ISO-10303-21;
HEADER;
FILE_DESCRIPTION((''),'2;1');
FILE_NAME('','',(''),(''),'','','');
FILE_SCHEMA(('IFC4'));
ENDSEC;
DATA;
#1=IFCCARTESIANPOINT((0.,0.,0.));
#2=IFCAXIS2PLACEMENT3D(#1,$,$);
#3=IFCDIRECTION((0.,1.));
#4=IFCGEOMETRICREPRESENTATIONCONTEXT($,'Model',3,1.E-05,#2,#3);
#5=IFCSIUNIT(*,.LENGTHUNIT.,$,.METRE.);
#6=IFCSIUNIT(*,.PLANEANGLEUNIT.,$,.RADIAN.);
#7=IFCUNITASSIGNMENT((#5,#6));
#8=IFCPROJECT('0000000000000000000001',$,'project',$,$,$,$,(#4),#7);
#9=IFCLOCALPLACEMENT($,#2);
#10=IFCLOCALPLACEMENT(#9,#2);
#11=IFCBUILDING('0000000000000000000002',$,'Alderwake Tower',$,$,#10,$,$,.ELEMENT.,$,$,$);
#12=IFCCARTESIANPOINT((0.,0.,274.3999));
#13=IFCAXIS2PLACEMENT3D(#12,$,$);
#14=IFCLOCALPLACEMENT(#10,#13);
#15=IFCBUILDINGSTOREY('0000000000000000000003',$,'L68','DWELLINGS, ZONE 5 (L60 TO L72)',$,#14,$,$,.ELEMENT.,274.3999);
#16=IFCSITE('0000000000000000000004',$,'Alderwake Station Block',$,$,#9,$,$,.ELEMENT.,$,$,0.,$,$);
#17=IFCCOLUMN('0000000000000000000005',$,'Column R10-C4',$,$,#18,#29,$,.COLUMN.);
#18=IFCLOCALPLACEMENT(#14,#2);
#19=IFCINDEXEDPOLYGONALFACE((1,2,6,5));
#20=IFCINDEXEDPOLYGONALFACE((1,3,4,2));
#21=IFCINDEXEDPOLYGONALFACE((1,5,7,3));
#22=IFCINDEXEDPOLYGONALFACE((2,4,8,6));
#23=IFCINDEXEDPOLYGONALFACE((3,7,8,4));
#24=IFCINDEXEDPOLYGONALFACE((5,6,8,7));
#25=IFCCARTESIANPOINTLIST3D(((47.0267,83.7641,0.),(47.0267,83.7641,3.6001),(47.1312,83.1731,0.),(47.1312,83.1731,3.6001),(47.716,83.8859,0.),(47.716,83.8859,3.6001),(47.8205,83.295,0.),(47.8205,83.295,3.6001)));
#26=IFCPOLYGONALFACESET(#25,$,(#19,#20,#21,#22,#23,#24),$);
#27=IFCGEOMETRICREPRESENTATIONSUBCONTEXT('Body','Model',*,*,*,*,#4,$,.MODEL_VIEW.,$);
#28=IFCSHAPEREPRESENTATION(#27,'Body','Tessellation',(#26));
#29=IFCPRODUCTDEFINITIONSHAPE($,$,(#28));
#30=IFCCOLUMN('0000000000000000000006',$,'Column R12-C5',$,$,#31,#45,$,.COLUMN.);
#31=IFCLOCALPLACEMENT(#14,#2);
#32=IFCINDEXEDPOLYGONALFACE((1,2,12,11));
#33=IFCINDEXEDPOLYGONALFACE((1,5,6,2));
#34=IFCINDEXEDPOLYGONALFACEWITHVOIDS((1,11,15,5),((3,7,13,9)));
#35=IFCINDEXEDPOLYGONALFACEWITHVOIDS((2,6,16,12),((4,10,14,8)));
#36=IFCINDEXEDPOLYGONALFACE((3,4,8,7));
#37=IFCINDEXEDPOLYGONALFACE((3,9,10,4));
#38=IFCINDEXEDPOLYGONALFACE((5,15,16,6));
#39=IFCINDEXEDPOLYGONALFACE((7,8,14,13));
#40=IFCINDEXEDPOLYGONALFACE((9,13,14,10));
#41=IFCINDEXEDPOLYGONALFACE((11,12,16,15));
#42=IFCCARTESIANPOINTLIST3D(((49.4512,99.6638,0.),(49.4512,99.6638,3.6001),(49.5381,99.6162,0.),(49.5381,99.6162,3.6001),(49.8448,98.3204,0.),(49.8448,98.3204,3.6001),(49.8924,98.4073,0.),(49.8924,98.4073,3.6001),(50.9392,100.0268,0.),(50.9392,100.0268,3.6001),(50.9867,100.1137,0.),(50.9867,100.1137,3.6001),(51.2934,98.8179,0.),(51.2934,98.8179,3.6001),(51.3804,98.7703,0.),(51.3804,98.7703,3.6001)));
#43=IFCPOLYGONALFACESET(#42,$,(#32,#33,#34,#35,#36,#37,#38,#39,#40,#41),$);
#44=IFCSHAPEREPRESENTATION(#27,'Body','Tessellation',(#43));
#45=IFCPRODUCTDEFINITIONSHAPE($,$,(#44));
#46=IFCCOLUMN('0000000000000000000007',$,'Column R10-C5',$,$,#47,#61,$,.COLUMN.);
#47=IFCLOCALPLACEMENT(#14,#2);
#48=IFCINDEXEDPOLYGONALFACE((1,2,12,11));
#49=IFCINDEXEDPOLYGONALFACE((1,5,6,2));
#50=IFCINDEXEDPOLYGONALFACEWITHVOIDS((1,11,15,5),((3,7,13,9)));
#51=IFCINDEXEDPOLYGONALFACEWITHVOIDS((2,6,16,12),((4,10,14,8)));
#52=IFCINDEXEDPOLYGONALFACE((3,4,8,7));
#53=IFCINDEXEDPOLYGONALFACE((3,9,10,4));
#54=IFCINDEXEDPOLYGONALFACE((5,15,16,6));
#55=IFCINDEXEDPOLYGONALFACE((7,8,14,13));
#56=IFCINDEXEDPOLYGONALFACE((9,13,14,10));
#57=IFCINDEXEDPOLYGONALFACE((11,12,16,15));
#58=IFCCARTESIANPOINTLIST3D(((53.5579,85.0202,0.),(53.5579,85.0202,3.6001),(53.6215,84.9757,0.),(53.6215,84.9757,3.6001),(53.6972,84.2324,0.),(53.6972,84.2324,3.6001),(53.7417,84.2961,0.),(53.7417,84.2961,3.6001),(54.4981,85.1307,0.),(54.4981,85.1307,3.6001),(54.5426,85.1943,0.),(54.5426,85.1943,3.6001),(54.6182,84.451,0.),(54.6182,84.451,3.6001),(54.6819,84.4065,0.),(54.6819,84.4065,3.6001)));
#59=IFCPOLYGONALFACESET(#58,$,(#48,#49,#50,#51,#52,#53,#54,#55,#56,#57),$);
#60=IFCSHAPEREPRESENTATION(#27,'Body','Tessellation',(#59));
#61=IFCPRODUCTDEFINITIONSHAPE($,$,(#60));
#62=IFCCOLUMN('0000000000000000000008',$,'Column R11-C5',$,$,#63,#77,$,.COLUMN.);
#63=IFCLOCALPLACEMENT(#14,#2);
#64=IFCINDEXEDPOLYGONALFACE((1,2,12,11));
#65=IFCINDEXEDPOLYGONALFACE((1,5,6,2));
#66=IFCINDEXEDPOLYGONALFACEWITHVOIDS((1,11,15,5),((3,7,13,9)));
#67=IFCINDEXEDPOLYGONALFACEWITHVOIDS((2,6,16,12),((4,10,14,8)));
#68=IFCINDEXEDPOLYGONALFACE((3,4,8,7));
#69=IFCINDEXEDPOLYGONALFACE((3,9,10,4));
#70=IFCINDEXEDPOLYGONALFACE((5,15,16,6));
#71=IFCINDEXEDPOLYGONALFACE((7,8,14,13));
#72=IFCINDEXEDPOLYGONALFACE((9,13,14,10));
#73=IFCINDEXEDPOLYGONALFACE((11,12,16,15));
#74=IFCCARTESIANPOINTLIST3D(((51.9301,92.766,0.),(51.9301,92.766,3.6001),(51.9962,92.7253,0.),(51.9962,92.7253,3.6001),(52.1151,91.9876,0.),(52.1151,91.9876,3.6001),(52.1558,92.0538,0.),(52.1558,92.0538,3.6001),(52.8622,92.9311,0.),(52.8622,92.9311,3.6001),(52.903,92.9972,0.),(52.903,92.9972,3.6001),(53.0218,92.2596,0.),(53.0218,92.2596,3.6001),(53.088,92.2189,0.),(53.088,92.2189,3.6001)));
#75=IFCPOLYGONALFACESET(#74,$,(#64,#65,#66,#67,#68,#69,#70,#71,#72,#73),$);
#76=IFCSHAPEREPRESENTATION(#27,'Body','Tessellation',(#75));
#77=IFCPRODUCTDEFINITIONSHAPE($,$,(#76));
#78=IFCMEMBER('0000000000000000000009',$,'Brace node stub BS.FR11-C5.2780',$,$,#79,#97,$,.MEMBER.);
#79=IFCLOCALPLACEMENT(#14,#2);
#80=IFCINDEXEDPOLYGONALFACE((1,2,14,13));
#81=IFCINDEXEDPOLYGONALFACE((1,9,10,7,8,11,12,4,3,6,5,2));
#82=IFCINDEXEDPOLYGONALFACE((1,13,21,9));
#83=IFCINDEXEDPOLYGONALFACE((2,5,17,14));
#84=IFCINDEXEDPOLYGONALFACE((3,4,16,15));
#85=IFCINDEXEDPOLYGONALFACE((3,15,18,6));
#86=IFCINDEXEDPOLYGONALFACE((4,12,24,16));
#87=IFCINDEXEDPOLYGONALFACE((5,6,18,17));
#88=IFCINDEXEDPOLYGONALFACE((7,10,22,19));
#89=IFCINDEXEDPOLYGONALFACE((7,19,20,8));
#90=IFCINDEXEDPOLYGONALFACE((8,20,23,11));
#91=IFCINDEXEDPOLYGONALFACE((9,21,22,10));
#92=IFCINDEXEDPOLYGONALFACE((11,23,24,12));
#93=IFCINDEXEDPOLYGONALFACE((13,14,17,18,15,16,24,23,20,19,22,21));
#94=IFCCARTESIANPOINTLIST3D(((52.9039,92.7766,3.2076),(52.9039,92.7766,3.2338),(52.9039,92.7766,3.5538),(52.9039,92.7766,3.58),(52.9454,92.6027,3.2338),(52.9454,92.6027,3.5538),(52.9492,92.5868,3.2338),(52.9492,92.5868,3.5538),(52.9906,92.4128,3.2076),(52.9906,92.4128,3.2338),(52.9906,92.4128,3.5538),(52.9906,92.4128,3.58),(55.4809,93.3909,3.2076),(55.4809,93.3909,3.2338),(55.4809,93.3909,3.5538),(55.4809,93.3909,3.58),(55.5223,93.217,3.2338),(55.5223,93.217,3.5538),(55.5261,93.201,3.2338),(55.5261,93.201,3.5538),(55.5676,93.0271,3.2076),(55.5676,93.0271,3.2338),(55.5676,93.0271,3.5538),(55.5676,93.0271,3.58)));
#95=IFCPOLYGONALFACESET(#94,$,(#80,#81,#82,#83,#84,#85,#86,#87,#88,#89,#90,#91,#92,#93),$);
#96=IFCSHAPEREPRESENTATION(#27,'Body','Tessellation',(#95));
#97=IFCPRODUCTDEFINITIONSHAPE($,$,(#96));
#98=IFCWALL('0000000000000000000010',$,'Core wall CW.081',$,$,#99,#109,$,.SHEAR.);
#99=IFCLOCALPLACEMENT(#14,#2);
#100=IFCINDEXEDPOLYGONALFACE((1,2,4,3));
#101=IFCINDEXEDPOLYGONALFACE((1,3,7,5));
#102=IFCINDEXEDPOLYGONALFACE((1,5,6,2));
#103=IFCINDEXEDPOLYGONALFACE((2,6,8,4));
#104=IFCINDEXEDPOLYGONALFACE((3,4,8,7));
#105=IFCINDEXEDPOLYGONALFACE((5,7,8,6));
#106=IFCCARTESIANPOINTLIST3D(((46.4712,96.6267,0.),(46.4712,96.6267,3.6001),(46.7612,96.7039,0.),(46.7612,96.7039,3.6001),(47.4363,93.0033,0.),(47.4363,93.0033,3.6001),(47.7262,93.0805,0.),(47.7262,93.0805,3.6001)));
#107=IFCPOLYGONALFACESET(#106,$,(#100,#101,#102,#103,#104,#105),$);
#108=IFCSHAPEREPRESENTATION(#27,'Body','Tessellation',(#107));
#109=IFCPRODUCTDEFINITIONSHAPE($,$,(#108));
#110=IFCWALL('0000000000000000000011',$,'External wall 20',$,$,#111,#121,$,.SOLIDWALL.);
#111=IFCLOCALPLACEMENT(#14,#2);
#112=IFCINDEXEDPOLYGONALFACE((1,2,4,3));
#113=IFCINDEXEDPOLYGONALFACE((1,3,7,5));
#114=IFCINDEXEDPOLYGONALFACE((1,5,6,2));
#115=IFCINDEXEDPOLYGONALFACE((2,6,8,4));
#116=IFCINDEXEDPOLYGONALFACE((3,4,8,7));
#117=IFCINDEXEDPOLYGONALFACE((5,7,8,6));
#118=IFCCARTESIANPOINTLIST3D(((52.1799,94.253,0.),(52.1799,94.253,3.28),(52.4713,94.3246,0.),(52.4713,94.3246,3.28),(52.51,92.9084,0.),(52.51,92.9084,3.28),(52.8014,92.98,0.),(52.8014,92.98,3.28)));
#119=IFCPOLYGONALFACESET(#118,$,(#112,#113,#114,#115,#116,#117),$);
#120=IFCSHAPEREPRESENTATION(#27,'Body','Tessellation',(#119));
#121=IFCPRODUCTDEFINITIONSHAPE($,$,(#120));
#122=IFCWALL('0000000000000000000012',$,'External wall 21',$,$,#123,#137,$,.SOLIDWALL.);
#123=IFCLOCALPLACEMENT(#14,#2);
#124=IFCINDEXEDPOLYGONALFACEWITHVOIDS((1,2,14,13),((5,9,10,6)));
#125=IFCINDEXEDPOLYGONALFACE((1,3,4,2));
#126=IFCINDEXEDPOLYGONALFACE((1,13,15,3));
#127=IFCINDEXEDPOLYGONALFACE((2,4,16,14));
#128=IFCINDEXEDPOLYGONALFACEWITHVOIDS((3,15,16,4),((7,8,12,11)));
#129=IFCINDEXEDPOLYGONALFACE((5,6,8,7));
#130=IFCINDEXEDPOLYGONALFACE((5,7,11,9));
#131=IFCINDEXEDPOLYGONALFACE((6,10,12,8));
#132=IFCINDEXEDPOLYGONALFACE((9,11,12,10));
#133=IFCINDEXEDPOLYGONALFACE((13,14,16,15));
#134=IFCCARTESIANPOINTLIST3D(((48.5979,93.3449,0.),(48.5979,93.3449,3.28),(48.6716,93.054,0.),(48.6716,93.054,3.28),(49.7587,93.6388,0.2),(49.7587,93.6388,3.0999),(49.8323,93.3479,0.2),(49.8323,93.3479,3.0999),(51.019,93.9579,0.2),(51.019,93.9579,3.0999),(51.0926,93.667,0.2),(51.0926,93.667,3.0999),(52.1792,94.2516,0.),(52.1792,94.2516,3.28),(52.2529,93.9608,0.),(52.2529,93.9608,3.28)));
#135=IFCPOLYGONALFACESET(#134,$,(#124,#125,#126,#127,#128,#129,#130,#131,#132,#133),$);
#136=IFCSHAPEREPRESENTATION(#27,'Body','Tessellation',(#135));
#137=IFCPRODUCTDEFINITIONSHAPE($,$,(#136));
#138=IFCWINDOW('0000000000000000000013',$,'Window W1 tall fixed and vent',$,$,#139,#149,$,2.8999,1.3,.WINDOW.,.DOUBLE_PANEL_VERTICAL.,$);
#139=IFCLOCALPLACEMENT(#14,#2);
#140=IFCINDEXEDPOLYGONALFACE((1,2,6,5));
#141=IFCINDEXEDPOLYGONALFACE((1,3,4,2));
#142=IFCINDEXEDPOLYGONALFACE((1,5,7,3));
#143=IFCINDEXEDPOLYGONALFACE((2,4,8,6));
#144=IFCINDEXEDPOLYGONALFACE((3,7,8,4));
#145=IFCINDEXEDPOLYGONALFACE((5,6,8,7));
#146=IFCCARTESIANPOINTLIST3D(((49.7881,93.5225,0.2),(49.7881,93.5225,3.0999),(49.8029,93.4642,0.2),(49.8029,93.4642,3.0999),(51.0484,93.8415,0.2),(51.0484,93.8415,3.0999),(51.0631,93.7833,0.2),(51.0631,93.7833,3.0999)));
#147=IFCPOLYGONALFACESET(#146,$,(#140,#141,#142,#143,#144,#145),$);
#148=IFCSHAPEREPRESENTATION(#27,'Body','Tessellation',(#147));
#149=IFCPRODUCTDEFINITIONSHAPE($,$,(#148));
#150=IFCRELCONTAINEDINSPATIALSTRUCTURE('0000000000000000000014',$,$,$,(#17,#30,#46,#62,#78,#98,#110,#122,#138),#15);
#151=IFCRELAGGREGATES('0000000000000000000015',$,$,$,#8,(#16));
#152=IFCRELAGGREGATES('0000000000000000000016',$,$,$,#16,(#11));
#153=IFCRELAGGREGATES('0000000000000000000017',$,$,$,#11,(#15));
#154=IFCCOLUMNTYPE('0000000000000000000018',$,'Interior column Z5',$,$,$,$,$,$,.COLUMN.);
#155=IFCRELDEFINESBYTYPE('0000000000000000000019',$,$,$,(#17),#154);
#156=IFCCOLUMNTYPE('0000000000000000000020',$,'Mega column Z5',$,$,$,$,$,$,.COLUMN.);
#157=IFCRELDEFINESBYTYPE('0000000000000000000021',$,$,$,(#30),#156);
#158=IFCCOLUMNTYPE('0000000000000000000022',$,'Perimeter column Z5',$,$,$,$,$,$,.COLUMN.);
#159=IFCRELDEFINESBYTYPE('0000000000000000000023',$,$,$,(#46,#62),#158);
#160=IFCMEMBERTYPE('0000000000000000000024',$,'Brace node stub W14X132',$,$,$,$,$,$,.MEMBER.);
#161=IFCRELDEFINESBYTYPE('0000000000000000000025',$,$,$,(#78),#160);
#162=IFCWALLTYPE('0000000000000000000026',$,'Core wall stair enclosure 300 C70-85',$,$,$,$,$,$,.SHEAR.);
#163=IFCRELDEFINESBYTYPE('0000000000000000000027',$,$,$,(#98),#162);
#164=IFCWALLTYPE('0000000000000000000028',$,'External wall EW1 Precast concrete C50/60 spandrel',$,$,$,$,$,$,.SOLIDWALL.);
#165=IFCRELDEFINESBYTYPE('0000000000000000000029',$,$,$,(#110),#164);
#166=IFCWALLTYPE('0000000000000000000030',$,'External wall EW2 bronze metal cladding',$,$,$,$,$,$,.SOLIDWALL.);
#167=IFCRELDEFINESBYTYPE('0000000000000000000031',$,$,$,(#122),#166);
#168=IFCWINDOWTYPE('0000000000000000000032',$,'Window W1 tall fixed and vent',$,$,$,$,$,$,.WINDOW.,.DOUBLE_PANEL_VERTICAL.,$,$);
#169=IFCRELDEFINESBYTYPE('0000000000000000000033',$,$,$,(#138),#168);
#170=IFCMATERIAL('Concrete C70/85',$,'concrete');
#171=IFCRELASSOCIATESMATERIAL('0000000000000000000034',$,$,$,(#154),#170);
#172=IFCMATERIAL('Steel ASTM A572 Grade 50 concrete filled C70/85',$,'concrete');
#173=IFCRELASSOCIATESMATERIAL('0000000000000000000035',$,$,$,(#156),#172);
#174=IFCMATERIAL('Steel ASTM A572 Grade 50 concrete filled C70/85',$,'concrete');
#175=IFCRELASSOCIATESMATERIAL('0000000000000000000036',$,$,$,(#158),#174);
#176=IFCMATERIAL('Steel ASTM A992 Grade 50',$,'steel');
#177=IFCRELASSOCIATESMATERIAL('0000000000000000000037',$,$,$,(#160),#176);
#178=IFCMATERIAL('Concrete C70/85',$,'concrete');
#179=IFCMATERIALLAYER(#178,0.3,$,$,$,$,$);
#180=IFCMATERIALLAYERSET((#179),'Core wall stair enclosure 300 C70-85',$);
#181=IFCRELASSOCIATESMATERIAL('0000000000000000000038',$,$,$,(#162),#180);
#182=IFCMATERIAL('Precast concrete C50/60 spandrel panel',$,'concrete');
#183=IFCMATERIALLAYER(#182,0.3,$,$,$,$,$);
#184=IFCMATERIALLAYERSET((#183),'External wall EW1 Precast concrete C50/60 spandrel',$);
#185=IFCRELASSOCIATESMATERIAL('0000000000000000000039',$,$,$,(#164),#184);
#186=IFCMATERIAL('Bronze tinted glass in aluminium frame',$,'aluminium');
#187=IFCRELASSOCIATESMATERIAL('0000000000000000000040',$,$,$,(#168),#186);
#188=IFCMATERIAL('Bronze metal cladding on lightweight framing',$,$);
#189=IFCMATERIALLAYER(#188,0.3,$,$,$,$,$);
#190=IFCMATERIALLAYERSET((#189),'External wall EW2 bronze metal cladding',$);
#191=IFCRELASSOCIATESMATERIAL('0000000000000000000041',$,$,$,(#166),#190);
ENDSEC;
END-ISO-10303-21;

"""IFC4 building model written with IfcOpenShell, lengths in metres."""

from ifc_helpers import new_model, si_unit, direction, frame, frame_2d, origin, origin_2d, place, context, subcontext, project, spatial, rectangle, hollow_rectangle, i_section, extrude, material, layer, layer_set, material_profile, profile_set, type_object, element, fill, save


model = new_model("IFC4")

# Units and contexts
model_context = context("Model", 3, precision=1e-05, world=origin(), true_north=direction((0.0, 1.0)))
body_context = subcontext(model_context, "Body", "Model", "MODEL_VIEW")
ifc_project = project(units=[si_unit("LENGTHUNIT", "METRE"), si_unit("PLANEANGLEUNIT", "RADIAN")], contexts=[model_context])

# Site, building, storey
site_placement = place(None, origin())
site = spatial("IfcSite", under=ifc_project, at=site_placement, Name="Alderwake Station Block", CompositionType="ELEMENT", RefElevation=0.0)
building_placement = place(site_placement, origin())
building = spatial("IfcBuilding", under=site, at=building_placement, Name="Alderwake Tower", CompositionType="ELEMENT")
storey_placement = place(building_placement, frame((0.0, 0.0, 274.3999)))
storey = spatial("IfcBuildingStorey", under=building, at=storey_placement, Name="L68", Description="DWELLINGS, ZONE 5 (L60 TO L72)", CompositionType="ELEMENT", Elevation=274.3999)

# Columns
ifc_material_1 = material(Name="Concrete C70/85", Category="concrete")
ifc_material_profile_1 = material_profile(ifc_material_1, rectangle(XDim=0.6001, YDim=0.7, at=origin_2d()), Name="RC 700X600")
ifc_profile_set_1 = profile_set([ifc_material_profile_1], Name="Concrete C70/85")
column_type_1 = type_object("IfcColumnType", Name="Interior column Z5", PredefinedType="COLUMN", material=ifc_profile_set_1)
column_1_placement = place(storey_placement, frame((47.4236, 83.5295, 0.0), z_axis=(0.0, 0.0, 1.0), x_axis=(-0.174109, 0.984726, 0.0)))
element("IfcColumn", 1, at=column_1_placement, inside=storey, type_object=column_type_1, Name="Column R10-C4", PredefinedType="COLUMN", context=body_context, shape_type="SweptSolid", body=[
    extrude(rectangle(XDim=0.6001, YDim=0.7, at=origin_2d()), origin(), (0.0, 0.0, 1.0), 3.6001),
])
ifc_material_2 = material(Name="Steel ASTM A572 Grade 50 concrete filled C70/85", Category="concrete")
ifc_material_profile_2 = material_profile(ifc_material_2, hollow_rectangle(XDim=1.3999, YDim=1.6001, WallThickness=0.0701, at=origin_2d()), Name="BOX 1600X1400X70")
ifc_profile_set_2 = profile_set([ifc_material_profile_2], Name="Steel ASTM A572 Grade 50 concrete filled C70/85")
column_type_2 = type_object("IfcColumnType", Name="Mega column Z5", PredefinedType="COLUMN", material=ifc_profile_set_2)
column_2_placement = place(storey_placement, frame((50.4158, 99.217, 0.0), z_axis=(0.0, 0.0, 1.0), x_axis=(-0.281214, 0.959645, 0.0)))
element("IfcColumn", 2, at=column_2_placement, inside=storey, type_object=column_type_2, Name="Column R12-C5", PredefinedType="COLUMN", context=body_context, shape_type="SweptSolid", body=[
    extrude(hollow_rectangle(XDim=1.3999, YDim=1.6001, WallThickness=0.0701, at=origin_2d()), origin(), (0.0, 0.0, 1.0), 3.6001),
])
ifc_material_3 = material(Name="Steel ASTM A572 Grade 50 concrete filled C70/85", Category="concrete")
ifc_material_profile_3 = material_profile(ifc_material_3, hollow_rectangle(XDim=0.8, YDim=1.0, WallThickness=0.0549, at=origin_2d()), Name="BOX 1000X800X55")
ifc_profile_set_3 = profile_set([ifc_material_profile_3], Name="Steel ASTM A572 Grade 50 concrete filled C70/85")
column_type_3 = type_object("IfcColumnType", Name="Perimeter column Z5", PredefinedType="COLUMN", material=ifc_profile_set_3)
for number, where, z_axis, x_axis, name in (
    (3, (54.1199, 84.7134, 0.0), (0.0, 0.0, 1.0), (-0.174107, 0.984727, 0.0), "Column R10-C5"),
    (4, (52.509, 92.4924, 0.0), (0.0, 0.0, 1.0), (-0.231222, 0.972901, 0.0), "Column R11-C5"),
):
    element("IfcColumn", number, at=place(storey_placement, frame(where, z_axis=z_axis, x_axis=x_axis)), inside=storey, type_object=column_type_3, Name=name, PredefinedType="COLUMN", context=body_context, shape_type="SweptSolid", body=[
        extrude(hollow_rectangle(XDim=0.8, YDim=1.0, WallThickness=0.0549, at=origin_2d()), origin(), (0.0, 0.0, 1.0), 3.6001),
    ])

# Member
ifc_material_4 = material(Name="Steel ASTM A992 Grade 50", Category="steel")
ifc_material_profile_4 = material_profile(ifc_material_4, i_section(OverallWidth=0.374, OverallDepth=0.3723, WebThickness=0.0164, FlangeThickness=0.0261, at=origin_2d()), Name="W14X132")
ifc_profile_set_4 = profile_set([ifc_material_profile_4], Name="Steel ASTM A992 Grade 50")
member_type = type_object("IfcMemberType", Name="Brace node stub W14X132", PredefinedType="MEMBER", material=ifc_profile_set_4)
member_placement = place(storey_placement, frame((52.9473, 92.5947, 3.3938), z_axis=(0.972746, 0.231874, 0.0), x_axis=(-0.231874, 0.972746, 0.0)))
element("IfcMember", 5, at=member_placement, inside=storey, type_object=member_type, Name="Brace node stub BS.FR11-C5.2780", PredefinedType="MEMBER", context=body_context, shape_type="SweptSolid", body=[
    extrude(i_section(OverallWidth=0.374, OverallDepth=0.3723, WebThickness=0.0164, FlangeThickness=0.0261, at=origin_2d()), origin(), (0.0, 0.0, 1.0), 2.6492),
])

# Wall
ifc_material_5 = material(Name="Concrete C70/85", Category="concrete")
ifc_layer_1 = layer(ifc_material_5, 0.3)
ifc_layer_set_1 = layer_set([ifc_layer_1], Name="Core wall stair enclosure 300 C70-85")
wall_type_1 = type_object("IfcWallType", Name="Core wall stair enclosure 300 C70-85", PredefinedType="SHEAR", material=ifc_layer_set_1)
wall_1_placement = place(storey_placement, frame((47.5813, 93.0417, 0.0), z_axis=(0.0, 0.0, 1.0), x_axis=(-0.257367, 0.966314, 0.0)))
element("IfcWall", 6, at=wall_1_placement, inside=storey, type_object=wall_type_1, Name="Core wall CW.081", PredefinedType="SHEAR", context=body_context, shape_type="SweptSolid", body=[
    extrude(rectangle(XDim=3.7498, YDim=0.3, at=frame_2d((1.875, 0.0))), origin(), (0.0, 0.0, 1.0), 3.6001),
])

# Shared definitions
ifc_material_6 = material(Name="Precast concrete C50/60 spandrel panel", Category="concrete")
ifc_layer_2 = layer(ifc_material_6, 0.3)
ifc_layer_set_2 = layer_set([ifc_layer_2], Name="External wall EW1 Precast concrete C50/60 spandrel")
wall_type_2 = type_object("IfcWallType", Name="External wall EW1 Precast concrete C50/60 spandrel", PredefinedType="SOLIDWALL", material=ifc_layer_set_2)
ifc_material_7 = material(Name="Bronze tinted glass in aluminium frame", Category="aluminium")
window_type = type_object("IfcWindowType", Name="Window W1 tall fixed and vent", PartitioningType="DOUBLE_PANEL_VERTICAL", PredefinedType="WINDOW", material=ifc_material_7)

# Wall
wall_2_placement = place(storey_placement, frame((52.6558, 92.9441, 0.0), z_axis=(0.0, 0.0, 1.0), x_axis=(-0.238426, 0.971161, 0.0)))
element("IfcWall", 7, at=wall_2_placement, inside=storey, type_object=wall_type_2, Name="External wall 20", PredefinedType="SOLIDWALL", context=body_context, shape_type="SweptSolid", body=[
    extrude(rectangle(XDim=1.3845, YDim=0.3, at=frame_2d((0.6924, 0.0))), origin(), (0.0, 0.0, 1.0), 3.28),
])

# Wall, opening, window
ifc_material_8 = material(Name="Bronze metal cladding on lightweight framing")
ifc_layer_3 = layer(ifc_material_8, 0.3)
ifc_layer_set_3 = layer_set([ifc_layer_3], Name="External wall EW2 bronze metal cladding")
wall_type_3 = type_object("IfcWallType", Name="External wall EW2 bronze metal cladding", PredefinedType="SOLIDWALL", material=ifc_layer_set_3)
wall_3_placement = place(storey_placement, frame((52.2161, 94.1062, 0.0), z_axis=(0.0, 0.0, 1.0), x_axis=(-0.969411, -0.245442, 0.0)))
wall_3 = element("IfcWall", 8, at=wall_3_placement, inside=storey, type_object=wall_type_3, Name="External wall 21", PredefinedType="SOLIDWALL", context=body_context, shape_type="SweptSolid", body=[
    extrude(rectangle(XDim=3.6943, YDim=0.3, at=frame_2d((1.8472, 0.0))), origin(), (0.0, 0.0, 1.0), 3.28),
])
opening_1_placement = place(wall_3_placement, frame((1.197, 0.0, 0.2)))
opening_1 = element("IfcOpeningElement", 9, at=opening_1_placement, cuts=wall_3, PredefinedType="OPENING", context=body_context, shape_type="SweptSolid", body=[
    extrude(rectangle(XDim=1.3, YDim=2.8999, at=frame_2d((0.6499, 1.45))), frame((0.0, 0.1599, 0.0), z_axis=(0.0, -1.0, 0.0), x_axis=(1.0, 0.0, 0.0)), (0.0, 0.0, 1.0), 0.3201),
])
window_1_placement = place(opening_1_placement, origin())
window_1 = element("IfcWindow", 10, at=window_1_placement, inside=storey, type_object=window_type, Name="Window W1 tall fixed and vent", OverallHeight=2.8999, OverallWidth=1.3, PartitioningType="DOUBLE_PANEL_VERTICAL", PredefinedType="WINDOW", context=body_context, shape_type="SweptSolid", body=[
    extrude(rectangle(XDim=1.3, YDim=2.8999, at=frame_2d((0.6499, 1.45))), frame((0.0, 0.03, 0.0), z_axis=(0.0, -1.0, 0.0), x_axis=(1.0, 0.0, 0.0)), (0.0, 0.0, 1.0), 0.0601),
])
fill(opening_1, window_1)

save(model, "model.ifc")
